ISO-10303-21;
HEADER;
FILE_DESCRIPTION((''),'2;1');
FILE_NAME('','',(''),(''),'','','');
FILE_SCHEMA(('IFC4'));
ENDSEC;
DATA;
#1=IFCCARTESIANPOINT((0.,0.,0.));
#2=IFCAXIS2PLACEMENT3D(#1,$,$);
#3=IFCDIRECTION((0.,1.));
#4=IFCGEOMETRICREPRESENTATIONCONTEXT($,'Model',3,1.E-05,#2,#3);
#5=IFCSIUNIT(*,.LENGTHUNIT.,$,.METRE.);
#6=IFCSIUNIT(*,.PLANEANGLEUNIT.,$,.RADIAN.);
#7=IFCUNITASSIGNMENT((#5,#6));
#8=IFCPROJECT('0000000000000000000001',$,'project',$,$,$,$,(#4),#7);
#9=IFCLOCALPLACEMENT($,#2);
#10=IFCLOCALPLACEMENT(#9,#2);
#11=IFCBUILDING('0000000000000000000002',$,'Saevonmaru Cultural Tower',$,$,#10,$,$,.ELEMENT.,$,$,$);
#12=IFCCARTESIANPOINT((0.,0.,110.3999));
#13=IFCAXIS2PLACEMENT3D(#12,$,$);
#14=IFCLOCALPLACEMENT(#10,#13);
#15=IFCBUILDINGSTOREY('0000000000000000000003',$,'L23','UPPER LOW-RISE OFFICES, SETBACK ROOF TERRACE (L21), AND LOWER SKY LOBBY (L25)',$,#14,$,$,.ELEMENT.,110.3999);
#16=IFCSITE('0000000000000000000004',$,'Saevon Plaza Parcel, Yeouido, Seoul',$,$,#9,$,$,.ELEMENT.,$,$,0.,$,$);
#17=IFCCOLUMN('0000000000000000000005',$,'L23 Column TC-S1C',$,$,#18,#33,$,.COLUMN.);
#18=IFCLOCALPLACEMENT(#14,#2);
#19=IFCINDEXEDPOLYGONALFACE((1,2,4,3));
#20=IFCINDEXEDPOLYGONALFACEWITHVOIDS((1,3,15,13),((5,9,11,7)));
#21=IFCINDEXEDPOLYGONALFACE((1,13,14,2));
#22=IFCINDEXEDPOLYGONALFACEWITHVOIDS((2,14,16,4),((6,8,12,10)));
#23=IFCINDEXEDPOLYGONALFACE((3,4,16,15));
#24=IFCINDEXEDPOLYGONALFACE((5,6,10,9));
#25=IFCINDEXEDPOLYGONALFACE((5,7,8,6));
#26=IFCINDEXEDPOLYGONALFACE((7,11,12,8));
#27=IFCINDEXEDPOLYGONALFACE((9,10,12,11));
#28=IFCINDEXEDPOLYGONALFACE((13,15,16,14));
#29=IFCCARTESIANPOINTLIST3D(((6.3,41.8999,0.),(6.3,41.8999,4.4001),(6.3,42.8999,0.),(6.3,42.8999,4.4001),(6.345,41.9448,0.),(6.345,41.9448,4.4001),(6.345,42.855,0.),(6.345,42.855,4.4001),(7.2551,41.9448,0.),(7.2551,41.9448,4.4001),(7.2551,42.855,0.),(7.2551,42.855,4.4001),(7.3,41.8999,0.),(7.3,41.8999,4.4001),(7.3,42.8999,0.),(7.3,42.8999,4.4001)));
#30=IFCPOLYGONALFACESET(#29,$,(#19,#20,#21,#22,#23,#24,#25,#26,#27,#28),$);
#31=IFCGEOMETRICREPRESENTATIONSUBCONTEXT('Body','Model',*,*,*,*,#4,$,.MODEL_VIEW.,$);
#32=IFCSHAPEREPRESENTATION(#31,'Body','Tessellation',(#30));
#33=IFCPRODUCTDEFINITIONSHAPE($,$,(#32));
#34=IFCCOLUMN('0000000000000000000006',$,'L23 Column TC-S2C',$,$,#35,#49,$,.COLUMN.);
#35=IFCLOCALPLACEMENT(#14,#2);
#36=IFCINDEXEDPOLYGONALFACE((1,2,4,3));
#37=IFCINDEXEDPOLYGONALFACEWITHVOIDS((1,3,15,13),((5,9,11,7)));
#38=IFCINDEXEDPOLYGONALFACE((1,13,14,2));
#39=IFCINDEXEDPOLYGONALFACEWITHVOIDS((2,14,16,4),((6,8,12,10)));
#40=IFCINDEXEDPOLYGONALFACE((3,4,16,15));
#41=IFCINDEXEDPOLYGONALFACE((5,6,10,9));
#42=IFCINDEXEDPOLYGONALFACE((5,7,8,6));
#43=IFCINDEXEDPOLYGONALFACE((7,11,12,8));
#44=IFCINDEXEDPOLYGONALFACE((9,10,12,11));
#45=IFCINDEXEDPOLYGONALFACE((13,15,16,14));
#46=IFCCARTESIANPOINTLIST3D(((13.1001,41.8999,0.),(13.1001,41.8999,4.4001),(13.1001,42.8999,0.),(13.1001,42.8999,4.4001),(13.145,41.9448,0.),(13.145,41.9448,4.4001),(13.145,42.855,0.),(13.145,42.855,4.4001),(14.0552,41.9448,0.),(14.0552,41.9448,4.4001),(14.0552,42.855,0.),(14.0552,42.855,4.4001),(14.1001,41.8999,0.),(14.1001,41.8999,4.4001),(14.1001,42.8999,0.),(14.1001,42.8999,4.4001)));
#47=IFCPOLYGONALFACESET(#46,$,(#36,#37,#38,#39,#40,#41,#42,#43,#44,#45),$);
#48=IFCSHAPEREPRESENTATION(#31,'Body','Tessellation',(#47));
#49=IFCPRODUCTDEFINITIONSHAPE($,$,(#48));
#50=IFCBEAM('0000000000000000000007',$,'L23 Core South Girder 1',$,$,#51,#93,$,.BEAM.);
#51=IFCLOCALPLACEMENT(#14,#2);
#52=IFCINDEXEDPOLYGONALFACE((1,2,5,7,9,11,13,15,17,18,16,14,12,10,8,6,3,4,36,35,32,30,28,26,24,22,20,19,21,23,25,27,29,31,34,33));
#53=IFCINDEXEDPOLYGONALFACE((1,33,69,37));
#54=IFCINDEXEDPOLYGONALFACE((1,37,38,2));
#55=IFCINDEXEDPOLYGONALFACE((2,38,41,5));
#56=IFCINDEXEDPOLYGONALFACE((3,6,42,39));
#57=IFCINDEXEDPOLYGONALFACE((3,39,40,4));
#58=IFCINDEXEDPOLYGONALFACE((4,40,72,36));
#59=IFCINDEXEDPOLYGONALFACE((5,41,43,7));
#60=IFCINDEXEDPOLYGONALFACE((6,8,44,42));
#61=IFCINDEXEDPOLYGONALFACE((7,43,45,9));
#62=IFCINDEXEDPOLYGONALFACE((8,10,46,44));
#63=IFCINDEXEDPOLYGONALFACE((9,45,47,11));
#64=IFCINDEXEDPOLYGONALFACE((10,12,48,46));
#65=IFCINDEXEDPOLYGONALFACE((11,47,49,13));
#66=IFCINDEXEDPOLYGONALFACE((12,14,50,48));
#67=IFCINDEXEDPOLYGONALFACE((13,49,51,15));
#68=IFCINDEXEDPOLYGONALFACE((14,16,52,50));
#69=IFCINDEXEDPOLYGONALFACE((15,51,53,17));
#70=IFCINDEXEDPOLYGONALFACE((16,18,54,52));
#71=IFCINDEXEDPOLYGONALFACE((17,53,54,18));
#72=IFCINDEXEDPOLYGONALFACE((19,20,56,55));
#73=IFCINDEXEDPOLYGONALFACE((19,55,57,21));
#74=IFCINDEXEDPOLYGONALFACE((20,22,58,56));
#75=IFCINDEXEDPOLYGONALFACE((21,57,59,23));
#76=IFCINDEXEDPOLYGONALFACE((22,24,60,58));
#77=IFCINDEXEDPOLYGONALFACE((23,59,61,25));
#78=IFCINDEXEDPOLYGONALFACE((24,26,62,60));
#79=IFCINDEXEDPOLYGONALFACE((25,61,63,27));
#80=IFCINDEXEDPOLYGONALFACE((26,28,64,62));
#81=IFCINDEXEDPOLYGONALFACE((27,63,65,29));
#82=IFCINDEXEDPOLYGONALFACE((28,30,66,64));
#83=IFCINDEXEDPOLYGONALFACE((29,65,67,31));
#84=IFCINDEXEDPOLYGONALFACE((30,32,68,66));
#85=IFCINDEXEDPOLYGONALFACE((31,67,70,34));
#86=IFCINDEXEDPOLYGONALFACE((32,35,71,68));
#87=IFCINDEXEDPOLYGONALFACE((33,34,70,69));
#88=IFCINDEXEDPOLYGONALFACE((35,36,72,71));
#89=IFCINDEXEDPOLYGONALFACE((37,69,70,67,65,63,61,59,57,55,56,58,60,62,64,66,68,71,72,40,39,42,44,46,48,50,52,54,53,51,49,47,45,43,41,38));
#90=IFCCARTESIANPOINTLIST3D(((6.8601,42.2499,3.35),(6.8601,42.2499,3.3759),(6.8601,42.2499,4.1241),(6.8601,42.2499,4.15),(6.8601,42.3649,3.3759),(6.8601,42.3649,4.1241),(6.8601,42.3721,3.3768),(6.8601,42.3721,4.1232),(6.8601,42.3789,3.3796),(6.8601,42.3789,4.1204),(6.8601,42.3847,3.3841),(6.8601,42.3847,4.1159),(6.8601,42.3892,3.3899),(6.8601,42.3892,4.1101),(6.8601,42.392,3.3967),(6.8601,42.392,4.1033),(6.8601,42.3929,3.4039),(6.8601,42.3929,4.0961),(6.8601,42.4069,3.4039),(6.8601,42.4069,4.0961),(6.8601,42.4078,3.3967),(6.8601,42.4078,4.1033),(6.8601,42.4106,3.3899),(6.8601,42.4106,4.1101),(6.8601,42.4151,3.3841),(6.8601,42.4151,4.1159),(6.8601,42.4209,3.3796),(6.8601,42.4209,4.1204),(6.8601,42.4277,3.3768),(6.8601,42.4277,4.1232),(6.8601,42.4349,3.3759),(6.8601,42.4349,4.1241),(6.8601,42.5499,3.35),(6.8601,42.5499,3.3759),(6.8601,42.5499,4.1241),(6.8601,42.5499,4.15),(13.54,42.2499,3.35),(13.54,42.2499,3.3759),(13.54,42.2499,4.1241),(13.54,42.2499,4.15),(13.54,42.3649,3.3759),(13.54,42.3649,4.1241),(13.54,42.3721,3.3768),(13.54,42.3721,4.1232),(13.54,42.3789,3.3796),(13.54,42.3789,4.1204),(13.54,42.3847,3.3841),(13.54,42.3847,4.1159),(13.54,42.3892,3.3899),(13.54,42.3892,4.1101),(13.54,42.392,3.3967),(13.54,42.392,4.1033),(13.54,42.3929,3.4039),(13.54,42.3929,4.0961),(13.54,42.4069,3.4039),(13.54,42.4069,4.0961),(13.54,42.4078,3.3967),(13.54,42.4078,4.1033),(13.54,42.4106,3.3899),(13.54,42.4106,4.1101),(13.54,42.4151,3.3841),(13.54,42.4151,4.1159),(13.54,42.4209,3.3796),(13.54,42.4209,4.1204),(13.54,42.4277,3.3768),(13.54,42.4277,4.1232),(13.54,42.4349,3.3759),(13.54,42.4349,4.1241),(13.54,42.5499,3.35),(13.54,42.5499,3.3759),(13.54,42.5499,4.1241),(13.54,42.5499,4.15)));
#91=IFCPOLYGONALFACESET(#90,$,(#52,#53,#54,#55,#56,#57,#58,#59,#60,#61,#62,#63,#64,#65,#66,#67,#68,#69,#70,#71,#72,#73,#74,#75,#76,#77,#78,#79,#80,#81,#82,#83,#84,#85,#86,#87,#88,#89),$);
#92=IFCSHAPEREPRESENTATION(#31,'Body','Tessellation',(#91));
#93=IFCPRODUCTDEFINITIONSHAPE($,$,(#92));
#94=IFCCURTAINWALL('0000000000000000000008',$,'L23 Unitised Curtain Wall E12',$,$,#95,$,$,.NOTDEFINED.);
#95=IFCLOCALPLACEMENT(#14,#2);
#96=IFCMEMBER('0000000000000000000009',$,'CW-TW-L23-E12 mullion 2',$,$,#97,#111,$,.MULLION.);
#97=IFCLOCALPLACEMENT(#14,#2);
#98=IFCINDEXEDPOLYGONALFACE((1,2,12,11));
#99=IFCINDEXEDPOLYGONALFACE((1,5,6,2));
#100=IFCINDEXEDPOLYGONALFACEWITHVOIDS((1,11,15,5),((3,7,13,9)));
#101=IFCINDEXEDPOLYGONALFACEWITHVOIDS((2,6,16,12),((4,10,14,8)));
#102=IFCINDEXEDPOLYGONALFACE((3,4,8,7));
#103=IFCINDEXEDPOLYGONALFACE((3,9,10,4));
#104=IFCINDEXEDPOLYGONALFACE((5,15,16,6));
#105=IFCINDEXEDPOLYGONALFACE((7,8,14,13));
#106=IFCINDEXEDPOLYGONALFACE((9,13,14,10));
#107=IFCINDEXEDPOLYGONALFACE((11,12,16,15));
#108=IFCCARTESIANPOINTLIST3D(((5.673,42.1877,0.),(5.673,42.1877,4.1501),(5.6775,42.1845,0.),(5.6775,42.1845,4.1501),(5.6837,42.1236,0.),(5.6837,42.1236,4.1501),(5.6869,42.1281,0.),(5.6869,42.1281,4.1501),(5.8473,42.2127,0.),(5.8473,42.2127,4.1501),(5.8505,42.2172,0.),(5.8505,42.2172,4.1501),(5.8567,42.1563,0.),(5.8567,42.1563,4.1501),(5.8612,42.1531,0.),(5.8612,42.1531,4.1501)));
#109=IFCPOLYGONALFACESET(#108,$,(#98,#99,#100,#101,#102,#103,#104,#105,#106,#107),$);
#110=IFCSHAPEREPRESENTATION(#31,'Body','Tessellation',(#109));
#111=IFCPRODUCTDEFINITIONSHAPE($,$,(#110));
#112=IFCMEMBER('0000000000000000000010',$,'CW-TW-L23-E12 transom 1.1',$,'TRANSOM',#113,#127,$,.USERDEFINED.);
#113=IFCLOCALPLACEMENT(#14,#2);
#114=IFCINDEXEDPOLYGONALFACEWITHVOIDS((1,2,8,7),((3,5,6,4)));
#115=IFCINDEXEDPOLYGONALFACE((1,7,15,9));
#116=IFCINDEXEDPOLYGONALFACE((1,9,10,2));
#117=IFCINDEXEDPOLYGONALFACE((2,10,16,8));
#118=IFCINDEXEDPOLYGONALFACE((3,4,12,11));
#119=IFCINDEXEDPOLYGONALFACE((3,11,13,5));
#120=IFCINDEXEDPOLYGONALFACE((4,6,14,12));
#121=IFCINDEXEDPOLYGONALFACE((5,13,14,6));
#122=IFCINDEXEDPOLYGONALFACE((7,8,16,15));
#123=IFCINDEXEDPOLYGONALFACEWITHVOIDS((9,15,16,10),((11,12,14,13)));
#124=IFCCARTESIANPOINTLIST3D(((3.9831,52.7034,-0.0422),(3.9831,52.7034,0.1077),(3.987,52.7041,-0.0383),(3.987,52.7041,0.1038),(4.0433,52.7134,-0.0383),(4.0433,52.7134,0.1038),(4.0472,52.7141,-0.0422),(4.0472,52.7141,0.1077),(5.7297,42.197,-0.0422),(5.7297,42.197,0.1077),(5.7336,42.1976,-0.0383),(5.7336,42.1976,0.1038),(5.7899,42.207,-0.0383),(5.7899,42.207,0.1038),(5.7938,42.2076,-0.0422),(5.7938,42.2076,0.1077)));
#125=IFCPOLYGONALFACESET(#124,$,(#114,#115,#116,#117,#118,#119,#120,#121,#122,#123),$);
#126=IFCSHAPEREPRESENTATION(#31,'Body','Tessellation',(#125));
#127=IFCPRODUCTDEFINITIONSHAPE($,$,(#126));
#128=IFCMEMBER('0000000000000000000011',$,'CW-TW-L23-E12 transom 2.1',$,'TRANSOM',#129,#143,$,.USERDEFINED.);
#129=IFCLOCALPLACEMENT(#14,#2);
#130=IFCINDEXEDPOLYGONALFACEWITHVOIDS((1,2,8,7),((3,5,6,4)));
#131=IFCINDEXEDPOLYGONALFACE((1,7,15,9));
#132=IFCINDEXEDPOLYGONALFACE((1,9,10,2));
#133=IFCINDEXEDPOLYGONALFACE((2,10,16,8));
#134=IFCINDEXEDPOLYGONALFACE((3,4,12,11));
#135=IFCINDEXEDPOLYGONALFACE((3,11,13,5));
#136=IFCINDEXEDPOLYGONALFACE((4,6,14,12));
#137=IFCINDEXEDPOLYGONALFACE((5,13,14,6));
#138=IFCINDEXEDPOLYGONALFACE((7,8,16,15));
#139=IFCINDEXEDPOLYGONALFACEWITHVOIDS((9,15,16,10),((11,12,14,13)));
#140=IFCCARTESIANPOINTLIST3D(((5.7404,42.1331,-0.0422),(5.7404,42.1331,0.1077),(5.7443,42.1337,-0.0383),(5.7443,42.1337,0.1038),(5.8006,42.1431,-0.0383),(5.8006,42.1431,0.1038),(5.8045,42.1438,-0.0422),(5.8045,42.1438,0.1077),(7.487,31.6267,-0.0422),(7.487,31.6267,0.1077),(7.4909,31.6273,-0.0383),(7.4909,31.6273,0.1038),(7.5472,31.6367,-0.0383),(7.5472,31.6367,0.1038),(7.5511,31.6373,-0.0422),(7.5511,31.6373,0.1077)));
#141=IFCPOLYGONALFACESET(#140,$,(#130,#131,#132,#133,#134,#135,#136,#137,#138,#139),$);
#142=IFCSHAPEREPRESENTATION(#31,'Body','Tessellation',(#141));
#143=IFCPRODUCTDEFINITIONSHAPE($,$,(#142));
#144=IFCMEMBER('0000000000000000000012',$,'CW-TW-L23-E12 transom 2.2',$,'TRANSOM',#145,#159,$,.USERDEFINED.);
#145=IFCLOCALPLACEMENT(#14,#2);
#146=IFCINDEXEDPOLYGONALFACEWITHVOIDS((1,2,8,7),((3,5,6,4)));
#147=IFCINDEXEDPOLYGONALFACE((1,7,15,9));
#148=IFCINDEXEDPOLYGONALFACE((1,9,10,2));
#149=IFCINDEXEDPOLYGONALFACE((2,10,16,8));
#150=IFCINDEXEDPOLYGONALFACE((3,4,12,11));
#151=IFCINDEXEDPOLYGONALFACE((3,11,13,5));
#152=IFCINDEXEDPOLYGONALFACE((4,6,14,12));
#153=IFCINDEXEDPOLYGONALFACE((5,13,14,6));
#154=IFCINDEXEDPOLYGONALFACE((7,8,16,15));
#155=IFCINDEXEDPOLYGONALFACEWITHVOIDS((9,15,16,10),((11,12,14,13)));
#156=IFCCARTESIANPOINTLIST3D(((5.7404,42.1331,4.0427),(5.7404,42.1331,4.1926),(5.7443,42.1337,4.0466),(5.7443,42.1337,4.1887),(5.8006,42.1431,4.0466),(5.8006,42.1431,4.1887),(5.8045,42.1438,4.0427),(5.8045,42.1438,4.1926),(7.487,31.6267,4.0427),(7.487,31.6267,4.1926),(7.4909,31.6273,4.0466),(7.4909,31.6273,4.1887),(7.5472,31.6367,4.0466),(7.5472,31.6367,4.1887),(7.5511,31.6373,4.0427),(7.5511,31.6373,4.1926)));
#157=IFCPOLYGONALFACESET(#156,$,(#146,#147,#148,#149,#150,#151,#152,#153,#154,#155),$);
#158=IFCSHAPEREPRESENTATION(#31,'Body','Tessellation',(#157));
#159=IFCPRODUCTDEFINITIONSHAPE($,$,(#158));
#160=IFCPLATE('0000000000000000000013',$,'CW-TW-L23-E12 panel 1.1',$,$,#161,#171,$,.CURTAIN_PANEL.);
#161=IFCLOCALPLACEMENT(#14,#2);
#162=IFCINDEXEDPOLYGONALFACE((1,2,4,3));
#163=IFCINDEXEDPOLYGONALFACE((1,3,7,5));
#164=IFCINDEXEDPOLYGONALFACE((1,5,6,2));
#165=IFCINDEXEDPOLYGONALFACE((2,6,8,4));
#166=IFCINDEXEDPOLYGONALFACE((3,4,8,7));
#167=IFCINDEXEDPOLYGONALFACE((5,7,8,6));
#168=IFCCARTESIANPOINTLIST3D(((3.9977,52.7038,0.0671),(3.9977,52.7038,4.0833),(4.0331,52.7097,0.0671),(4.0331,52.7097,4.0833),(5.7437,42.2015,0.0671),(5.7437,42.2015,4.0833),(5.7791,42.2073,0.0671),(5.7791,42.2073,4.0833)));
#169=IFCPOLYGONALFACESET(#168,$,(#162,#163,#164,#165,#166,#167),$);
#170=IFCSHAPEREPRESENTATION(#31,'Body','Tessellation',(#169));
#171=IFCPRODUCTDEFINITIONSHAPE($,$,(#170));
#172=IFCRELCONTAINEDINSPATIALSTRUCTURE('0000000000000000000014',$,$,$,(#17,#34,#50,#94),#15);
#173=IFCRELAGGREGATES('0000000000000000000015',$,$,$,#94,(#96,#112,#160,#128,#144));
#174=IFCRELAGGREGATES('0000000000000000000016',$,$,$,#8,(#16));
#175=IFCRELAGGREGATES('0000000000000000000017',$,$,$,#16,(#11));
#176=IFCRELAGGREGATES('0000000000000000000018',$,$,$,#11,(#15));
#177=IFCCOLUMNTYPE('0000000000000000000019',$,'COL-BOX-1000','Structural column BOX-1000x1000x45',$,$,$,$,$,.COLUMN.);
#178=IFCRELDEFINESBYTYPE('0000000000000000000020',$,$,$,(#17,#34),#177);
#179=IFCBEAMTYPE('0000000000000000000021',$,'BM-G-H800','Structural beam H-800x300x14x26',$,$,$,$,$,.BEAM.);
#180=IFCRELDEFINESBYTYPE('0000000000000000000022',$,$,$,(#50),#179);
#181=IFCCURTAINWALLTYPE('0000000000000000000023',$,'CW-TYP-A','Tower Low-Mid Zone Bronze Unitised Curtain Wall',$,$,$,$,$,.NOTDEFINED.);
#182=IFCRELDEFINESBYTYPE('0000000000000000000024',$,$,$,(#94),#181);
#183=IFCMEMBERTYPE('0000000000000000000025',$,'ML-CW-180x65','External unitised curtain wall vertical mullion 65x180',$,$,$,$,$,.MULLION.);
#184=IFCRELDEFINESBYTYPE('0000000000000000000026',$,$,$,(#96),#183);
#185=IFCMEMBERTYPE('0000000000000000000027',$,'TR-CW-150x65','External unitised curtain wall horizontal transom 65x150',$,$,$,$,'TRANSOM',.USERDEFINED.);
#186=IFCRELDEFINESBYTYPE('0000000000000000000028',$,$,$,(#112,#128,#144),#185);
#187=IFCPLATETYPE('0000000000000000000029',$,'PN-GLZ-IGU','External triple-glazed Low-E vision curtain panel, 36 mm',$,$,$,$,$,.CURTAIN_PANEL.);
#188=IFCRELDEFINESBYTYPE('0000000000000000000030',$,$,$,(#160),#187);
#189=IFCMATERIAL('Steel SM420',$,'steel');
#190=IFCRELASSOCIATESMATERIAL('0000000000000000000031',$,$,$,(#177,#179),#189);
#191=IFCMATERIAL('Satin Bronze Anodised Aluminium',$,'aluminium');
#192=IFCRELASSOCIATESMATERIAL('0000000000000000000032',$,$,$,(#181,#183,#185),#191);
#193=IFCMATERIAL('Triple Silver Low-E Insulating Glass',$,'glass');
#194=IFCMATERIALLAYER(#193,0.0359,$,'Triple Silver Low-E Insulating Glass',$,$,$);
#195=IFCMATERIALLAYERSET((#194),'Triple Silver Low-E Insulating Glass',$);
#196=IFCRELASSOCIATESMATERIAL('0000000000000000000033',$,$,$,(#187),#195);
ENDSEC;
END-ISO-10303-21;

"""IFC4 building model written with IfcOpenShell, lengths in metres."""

from ifc_helpers import new_model, si_unit, direction, frame, origin, origin_2d, place, context, subcontext, project, spatial, rectangle, hollow_rectangle, i_section, extrude, material, layer, layer_set, material_profile, profile_set, type_object, element, aggregate, save


model = new_model("IFC4")

# Units and contexts
model_context = context("Model", 3, precision=1e-05, world=origin(), true_north=direction((0.0, 1.0)))
body_context = subcontext(model_context, "Body", "Model", "MODEL_VIEW")
ifc_project = project(units=[si_unit("LENGTHUNIT", "METRE"), si_unit("PLANEANGLEUNIT", "RADIAN")], contexts=[model_context])

# Site, building, storey
site_placement = place(None, origin())
site = spatial("IfcSite", under=ifc_project, at=site_placement, Name="Saevon Plaza Parcel, Yeouido, Seoul", CompositionType="ELEMENT", RefElevation=0.0)
building_placement = place(site_placement, origin())
building = spatial("IfcBuilding", under=site, at=building_placement, Name="Saevonmaru Cultural Tower", CompositionType="ELEMENT")
storey_placement = place(building_placement, frame((0.0, 0.0, 110.3999)))
storey = spatial("IfcBuildingStorey", under=building, at=storey_placement, Name="L23", Description="UPPER LOW-RISE OFFICES, SETBACK ROOF TERRACE (L21), AND LOWER SKY LOBBY (L25)", CompositionType="ELEMENT", Elevation=110.3999)

# Columns
ifc_material_1 = material(Name="Steel SM420", Category="steel")
ifc_material_profile_1 = material_profile(ifc_material_1, hollow_rectangle(XDim=1.0, YDim=1.0, WallThickness=0.0449, at=origin_2d()), Name="BOX-1000x1000x45")
ifc_profile_set_1 = profile_set([ifc_material_profile_1], Name="Steel SM420")
column_type = type_object("IfcColumnType", Name="COL-BOX-1000", Description="Structural column BOX-1000x1000x45", PredefinedType="COLUMN", material=ifc_profile_set_1)
for number, where, z_axis, x_axis, name in (
    (1, (6.8, 42.3999, 0.0), (0.0, 0.0, 1.0), (1.0, 0.0, 0.0), "L23 Column TC-S1C"),
    (2, (13.6001, 42.3999, 0.0), (0.0, 0.0, 1.0), (1.0, 0.0, 0.0), "L23 Column TC-S2C"),
):
    element("IfcColumn", number, at=place(storey_placement, frame(where, z_axis=z_axis, x_axis=x_axis)), inside=storey, type_object=column_type, Name=name, PredefinedType="COLUMN", context=body_context, shape_type="SweptSolid", body=[
        extrude(hollow_rectangle(XDim=1.0, YDim=1.0, WallThickness=0.0449, at=origin_2d()), origin(), (0.0, 0.0, 1.0), 4.4001),
    ])

# Beam
ifc_material_profile_2 = material_profile(ifc_material_1, i_section(OverallWidth=0.3, OverallDepth=0.8, WebThickness=0.0139, FlangeThickness=0.0259, FilletRadius=0.0281, at=origin_2d()), Name="H-800x300x14x26")
ifc_profile_set_2 = profile_set([ifc_material_profile_2], Name="Steel SM420")
beam_type = type_object("IfcBeamType", Name="BM-G-H800", Description="Structural beam H-800x300x14x26", PredefinedType="BEAM", material=ifc_profile_set_2)
beam_placement = place(storey_placement, frame((6.8601, 42.3999, 3.75), z_axis=(1.0, 0.0, 0.0), x_axis=(0.0, 1.0, 0.0)))
element("IfcBeam", 3, at=beam_placement, inside=storey, type_object=beam_type, Name="L23 Core South Girder 1", PredefinedType="BEAM", context=body_context, shape_type="SweptSolid", body=[
    extrude(i_section(OverallWidth=0.3, OverallDepth=0.8, WebThickness=0.0139, FlangeThickness=0.0259, FilletRadius=0.0281, at=origin_2d()), origin(), (0.0, 0.0, 1.0), 6.6799),
])

# Curtain wall, members, plate
ifc_material_2 = material(Name="Satin Bronze Anodised Aluminium", Category="aluminium")
curtain_wall_type = type_object("IfcCurtainWallType", Name="CW-TYP-A", Description="Tower Low-Mid Zone Bronze Unitised Curtain Wall", PredefinedType="NOTDEFINED", material=ifc_material_2)
curtain_wall_placement = place(storey_placement, origin())
curtain_wall = element("IfcCurtainWall", 4, at=curtain_wall_placement, inside=storey, type_object=curtain_wall_type, Name="L23 Unitised Curtain Wall E12", PredefinedType="NOTDEFINED")
ifc_material_profile_3 = material_profile(ifc_material_2, hollow_rectangle(XDim=0.0649, YDim=0.1799, WallThickness=0.0039, at=origin_2d()), Name="ALU-MULL-180x65x4")
ifc_profile_set_3 = profile_set([ifc_material_profile_3], Name="Satin Bronze Anodised Aluminium")
member_type_1 = type_object("IfcMemberType", Name="ML-CW-180x65", Description="External unitised curtain wall vertical mullion 65x180", PredefinedType="MULLION", material=ifc_profile_set_3)
member_1_placement = place(storey_placement, frame((5.7671, 42.1704, 0.0), z_axis=(0.0, 0.0, 1.0), x_axis=(0.163999, -0.986461, 0.0)))
member_1 = element("IfcMember", 5, at=member_1_placement, type_object=member_type_1, Name="CW-TW-L23-E12 mullion 2", PredefinedType="MULLION", context=body_context, shape_type="SweptSolid", body=[
    extrude(hollow_rectangle(XDim=0.0649, YDim=0.1799, WallThickness=0.0039, at=origin_2d()), origin(), (0.0, 0.0, 1.0), 4.1501),
])
ifc_material_profile_4 = material_profile(ifc_material_2, hollow_rectangle(XDim=0.0649, YDim=0.1499, WallThickness=0.0039, at=origin_2d()), Name="ALU-TRAN-150x65x4")
ifc_profile_set_4 = profile_set([ifc_material_profile_4], Name="Satin Bronze Anodised Aluminium")
member_type_2 = type_object("IfcMemberType", Name="TR-CW-150x65", Description="External unitised curtain wall horizontal transom 65x150", ElementType="TRANSOM", PredefinedType="USERDEFINED", material=ifc_profile_set_4)
member_2_placement = place(storey_placement, frame((4.0151, 52.7087, 0.0327), z_axis=(0.16399, -0.986462, 0.0), x_axis=(0.986462, 0.16399, 0.0)))
member_2 = element("IfcMember", 6, at=member_2_placement, type_object=member_type_2, Name="CW-TW-L23-E12 transom 1.1", ObjectType="TRANSOM", PredefinedType="USERDEFINED", context=body_context, shape_type="SweptSolid", body=[
    extrude(hollow_rectangle(XDim=0.0649, YDim=0.1499, WallThickness=0.0039, at=origin_2d()), origin(), (0.0, 0.0, 1.0), 10.6506),
])
member_3_placement = place(storey_placement, frame((5.7725, 42.1384, 0.0327), z_axis=(0.16399, -0.986462, 0.0), x_axis=(0.986462, 0.16399, 0.0)))
member_3 = element("IfcMember", 7, at=member_3_placement, type_object=member_type_2, Name="CW-TW-L23-E12 transom 2.1", ObjectType="TRANSOM", PredefinedType="USERDEFINED", context=body_context, shape_type="SweptSolid", body=[
    extrude(hollow_rectangle(XDim=0.0649, YDim=0.1499, WallThickness=0.0039, at=origin_2d()), origin(), (0.0, 0.0, 1.0), 10.6506),
])
member_4_placement = place(storey_placement, frame((5.7725, 42.1384, 4.1177), z_axis=(0.16399, -0.986462, 0.0), x_axis=(0.986462, 0.16399, 0.0)))
member_4 = element("IfcMember", 8, at=member_4_placement, type_object=member_type_2, Name="CW-TW-L23-E12 transom 2.2", ObjectType="TRANSOM", PredefinedType="USERDEFINED", context=body_context, shape_type="SweptSolid", body=[
    extrude(hollow_rectangle(XDim=0.0649, YDim=0.1499, WallThickness=0.0039, at=origin_2d()), origin(), (0.0, 0.0, 1.0), 10.6506),
])
ifc_material_3 = material(Name="Triple Silver Low-E Insulating Glass", Category="glass")
ifc_layer_1 = layer(ifc_material_3, 0.0359, Name="Triple Silver Low-E Insulating Glass")
ifc_layer_set_1 = layer_set([ifc_layer_1], Name="Triple Silver Low-E Insulating Glass")
plate_type = type_object("IfcPlateType", Name="PN-GLZ-IGU", Description="External triple-glazed Low-E vision curtain panel, 36 mm", PredefinedType="CURTAIN_PANEL", material=ifc_layer_set_1)
plate_placement = place(storey_placement, frame((4.8884, 47.4556, 0.0671), z_axis=(0.0, 0.0, 1.0), x_axis=(0.163999, -0.986461, 0.0)))
plate = element("IfcPlate", 9, at=plate_placement, type_object=plate_type, Name="CW-TW-L23-E12 panel 1.1", PredefinedType="CURTAIN_PANEL", context=body_context, shape_type="SweptSolid", body=[
    extrude(rectangle(XDim=10.6465, YDim=0.0359, at=origin_2d()), origin(), (0.0, 0.0, 1.0), 4.0161),
])
aggregate(curtain_wall, [member_1, member_2, plate, member_3, member_4])

save(model, "model.ifc")
